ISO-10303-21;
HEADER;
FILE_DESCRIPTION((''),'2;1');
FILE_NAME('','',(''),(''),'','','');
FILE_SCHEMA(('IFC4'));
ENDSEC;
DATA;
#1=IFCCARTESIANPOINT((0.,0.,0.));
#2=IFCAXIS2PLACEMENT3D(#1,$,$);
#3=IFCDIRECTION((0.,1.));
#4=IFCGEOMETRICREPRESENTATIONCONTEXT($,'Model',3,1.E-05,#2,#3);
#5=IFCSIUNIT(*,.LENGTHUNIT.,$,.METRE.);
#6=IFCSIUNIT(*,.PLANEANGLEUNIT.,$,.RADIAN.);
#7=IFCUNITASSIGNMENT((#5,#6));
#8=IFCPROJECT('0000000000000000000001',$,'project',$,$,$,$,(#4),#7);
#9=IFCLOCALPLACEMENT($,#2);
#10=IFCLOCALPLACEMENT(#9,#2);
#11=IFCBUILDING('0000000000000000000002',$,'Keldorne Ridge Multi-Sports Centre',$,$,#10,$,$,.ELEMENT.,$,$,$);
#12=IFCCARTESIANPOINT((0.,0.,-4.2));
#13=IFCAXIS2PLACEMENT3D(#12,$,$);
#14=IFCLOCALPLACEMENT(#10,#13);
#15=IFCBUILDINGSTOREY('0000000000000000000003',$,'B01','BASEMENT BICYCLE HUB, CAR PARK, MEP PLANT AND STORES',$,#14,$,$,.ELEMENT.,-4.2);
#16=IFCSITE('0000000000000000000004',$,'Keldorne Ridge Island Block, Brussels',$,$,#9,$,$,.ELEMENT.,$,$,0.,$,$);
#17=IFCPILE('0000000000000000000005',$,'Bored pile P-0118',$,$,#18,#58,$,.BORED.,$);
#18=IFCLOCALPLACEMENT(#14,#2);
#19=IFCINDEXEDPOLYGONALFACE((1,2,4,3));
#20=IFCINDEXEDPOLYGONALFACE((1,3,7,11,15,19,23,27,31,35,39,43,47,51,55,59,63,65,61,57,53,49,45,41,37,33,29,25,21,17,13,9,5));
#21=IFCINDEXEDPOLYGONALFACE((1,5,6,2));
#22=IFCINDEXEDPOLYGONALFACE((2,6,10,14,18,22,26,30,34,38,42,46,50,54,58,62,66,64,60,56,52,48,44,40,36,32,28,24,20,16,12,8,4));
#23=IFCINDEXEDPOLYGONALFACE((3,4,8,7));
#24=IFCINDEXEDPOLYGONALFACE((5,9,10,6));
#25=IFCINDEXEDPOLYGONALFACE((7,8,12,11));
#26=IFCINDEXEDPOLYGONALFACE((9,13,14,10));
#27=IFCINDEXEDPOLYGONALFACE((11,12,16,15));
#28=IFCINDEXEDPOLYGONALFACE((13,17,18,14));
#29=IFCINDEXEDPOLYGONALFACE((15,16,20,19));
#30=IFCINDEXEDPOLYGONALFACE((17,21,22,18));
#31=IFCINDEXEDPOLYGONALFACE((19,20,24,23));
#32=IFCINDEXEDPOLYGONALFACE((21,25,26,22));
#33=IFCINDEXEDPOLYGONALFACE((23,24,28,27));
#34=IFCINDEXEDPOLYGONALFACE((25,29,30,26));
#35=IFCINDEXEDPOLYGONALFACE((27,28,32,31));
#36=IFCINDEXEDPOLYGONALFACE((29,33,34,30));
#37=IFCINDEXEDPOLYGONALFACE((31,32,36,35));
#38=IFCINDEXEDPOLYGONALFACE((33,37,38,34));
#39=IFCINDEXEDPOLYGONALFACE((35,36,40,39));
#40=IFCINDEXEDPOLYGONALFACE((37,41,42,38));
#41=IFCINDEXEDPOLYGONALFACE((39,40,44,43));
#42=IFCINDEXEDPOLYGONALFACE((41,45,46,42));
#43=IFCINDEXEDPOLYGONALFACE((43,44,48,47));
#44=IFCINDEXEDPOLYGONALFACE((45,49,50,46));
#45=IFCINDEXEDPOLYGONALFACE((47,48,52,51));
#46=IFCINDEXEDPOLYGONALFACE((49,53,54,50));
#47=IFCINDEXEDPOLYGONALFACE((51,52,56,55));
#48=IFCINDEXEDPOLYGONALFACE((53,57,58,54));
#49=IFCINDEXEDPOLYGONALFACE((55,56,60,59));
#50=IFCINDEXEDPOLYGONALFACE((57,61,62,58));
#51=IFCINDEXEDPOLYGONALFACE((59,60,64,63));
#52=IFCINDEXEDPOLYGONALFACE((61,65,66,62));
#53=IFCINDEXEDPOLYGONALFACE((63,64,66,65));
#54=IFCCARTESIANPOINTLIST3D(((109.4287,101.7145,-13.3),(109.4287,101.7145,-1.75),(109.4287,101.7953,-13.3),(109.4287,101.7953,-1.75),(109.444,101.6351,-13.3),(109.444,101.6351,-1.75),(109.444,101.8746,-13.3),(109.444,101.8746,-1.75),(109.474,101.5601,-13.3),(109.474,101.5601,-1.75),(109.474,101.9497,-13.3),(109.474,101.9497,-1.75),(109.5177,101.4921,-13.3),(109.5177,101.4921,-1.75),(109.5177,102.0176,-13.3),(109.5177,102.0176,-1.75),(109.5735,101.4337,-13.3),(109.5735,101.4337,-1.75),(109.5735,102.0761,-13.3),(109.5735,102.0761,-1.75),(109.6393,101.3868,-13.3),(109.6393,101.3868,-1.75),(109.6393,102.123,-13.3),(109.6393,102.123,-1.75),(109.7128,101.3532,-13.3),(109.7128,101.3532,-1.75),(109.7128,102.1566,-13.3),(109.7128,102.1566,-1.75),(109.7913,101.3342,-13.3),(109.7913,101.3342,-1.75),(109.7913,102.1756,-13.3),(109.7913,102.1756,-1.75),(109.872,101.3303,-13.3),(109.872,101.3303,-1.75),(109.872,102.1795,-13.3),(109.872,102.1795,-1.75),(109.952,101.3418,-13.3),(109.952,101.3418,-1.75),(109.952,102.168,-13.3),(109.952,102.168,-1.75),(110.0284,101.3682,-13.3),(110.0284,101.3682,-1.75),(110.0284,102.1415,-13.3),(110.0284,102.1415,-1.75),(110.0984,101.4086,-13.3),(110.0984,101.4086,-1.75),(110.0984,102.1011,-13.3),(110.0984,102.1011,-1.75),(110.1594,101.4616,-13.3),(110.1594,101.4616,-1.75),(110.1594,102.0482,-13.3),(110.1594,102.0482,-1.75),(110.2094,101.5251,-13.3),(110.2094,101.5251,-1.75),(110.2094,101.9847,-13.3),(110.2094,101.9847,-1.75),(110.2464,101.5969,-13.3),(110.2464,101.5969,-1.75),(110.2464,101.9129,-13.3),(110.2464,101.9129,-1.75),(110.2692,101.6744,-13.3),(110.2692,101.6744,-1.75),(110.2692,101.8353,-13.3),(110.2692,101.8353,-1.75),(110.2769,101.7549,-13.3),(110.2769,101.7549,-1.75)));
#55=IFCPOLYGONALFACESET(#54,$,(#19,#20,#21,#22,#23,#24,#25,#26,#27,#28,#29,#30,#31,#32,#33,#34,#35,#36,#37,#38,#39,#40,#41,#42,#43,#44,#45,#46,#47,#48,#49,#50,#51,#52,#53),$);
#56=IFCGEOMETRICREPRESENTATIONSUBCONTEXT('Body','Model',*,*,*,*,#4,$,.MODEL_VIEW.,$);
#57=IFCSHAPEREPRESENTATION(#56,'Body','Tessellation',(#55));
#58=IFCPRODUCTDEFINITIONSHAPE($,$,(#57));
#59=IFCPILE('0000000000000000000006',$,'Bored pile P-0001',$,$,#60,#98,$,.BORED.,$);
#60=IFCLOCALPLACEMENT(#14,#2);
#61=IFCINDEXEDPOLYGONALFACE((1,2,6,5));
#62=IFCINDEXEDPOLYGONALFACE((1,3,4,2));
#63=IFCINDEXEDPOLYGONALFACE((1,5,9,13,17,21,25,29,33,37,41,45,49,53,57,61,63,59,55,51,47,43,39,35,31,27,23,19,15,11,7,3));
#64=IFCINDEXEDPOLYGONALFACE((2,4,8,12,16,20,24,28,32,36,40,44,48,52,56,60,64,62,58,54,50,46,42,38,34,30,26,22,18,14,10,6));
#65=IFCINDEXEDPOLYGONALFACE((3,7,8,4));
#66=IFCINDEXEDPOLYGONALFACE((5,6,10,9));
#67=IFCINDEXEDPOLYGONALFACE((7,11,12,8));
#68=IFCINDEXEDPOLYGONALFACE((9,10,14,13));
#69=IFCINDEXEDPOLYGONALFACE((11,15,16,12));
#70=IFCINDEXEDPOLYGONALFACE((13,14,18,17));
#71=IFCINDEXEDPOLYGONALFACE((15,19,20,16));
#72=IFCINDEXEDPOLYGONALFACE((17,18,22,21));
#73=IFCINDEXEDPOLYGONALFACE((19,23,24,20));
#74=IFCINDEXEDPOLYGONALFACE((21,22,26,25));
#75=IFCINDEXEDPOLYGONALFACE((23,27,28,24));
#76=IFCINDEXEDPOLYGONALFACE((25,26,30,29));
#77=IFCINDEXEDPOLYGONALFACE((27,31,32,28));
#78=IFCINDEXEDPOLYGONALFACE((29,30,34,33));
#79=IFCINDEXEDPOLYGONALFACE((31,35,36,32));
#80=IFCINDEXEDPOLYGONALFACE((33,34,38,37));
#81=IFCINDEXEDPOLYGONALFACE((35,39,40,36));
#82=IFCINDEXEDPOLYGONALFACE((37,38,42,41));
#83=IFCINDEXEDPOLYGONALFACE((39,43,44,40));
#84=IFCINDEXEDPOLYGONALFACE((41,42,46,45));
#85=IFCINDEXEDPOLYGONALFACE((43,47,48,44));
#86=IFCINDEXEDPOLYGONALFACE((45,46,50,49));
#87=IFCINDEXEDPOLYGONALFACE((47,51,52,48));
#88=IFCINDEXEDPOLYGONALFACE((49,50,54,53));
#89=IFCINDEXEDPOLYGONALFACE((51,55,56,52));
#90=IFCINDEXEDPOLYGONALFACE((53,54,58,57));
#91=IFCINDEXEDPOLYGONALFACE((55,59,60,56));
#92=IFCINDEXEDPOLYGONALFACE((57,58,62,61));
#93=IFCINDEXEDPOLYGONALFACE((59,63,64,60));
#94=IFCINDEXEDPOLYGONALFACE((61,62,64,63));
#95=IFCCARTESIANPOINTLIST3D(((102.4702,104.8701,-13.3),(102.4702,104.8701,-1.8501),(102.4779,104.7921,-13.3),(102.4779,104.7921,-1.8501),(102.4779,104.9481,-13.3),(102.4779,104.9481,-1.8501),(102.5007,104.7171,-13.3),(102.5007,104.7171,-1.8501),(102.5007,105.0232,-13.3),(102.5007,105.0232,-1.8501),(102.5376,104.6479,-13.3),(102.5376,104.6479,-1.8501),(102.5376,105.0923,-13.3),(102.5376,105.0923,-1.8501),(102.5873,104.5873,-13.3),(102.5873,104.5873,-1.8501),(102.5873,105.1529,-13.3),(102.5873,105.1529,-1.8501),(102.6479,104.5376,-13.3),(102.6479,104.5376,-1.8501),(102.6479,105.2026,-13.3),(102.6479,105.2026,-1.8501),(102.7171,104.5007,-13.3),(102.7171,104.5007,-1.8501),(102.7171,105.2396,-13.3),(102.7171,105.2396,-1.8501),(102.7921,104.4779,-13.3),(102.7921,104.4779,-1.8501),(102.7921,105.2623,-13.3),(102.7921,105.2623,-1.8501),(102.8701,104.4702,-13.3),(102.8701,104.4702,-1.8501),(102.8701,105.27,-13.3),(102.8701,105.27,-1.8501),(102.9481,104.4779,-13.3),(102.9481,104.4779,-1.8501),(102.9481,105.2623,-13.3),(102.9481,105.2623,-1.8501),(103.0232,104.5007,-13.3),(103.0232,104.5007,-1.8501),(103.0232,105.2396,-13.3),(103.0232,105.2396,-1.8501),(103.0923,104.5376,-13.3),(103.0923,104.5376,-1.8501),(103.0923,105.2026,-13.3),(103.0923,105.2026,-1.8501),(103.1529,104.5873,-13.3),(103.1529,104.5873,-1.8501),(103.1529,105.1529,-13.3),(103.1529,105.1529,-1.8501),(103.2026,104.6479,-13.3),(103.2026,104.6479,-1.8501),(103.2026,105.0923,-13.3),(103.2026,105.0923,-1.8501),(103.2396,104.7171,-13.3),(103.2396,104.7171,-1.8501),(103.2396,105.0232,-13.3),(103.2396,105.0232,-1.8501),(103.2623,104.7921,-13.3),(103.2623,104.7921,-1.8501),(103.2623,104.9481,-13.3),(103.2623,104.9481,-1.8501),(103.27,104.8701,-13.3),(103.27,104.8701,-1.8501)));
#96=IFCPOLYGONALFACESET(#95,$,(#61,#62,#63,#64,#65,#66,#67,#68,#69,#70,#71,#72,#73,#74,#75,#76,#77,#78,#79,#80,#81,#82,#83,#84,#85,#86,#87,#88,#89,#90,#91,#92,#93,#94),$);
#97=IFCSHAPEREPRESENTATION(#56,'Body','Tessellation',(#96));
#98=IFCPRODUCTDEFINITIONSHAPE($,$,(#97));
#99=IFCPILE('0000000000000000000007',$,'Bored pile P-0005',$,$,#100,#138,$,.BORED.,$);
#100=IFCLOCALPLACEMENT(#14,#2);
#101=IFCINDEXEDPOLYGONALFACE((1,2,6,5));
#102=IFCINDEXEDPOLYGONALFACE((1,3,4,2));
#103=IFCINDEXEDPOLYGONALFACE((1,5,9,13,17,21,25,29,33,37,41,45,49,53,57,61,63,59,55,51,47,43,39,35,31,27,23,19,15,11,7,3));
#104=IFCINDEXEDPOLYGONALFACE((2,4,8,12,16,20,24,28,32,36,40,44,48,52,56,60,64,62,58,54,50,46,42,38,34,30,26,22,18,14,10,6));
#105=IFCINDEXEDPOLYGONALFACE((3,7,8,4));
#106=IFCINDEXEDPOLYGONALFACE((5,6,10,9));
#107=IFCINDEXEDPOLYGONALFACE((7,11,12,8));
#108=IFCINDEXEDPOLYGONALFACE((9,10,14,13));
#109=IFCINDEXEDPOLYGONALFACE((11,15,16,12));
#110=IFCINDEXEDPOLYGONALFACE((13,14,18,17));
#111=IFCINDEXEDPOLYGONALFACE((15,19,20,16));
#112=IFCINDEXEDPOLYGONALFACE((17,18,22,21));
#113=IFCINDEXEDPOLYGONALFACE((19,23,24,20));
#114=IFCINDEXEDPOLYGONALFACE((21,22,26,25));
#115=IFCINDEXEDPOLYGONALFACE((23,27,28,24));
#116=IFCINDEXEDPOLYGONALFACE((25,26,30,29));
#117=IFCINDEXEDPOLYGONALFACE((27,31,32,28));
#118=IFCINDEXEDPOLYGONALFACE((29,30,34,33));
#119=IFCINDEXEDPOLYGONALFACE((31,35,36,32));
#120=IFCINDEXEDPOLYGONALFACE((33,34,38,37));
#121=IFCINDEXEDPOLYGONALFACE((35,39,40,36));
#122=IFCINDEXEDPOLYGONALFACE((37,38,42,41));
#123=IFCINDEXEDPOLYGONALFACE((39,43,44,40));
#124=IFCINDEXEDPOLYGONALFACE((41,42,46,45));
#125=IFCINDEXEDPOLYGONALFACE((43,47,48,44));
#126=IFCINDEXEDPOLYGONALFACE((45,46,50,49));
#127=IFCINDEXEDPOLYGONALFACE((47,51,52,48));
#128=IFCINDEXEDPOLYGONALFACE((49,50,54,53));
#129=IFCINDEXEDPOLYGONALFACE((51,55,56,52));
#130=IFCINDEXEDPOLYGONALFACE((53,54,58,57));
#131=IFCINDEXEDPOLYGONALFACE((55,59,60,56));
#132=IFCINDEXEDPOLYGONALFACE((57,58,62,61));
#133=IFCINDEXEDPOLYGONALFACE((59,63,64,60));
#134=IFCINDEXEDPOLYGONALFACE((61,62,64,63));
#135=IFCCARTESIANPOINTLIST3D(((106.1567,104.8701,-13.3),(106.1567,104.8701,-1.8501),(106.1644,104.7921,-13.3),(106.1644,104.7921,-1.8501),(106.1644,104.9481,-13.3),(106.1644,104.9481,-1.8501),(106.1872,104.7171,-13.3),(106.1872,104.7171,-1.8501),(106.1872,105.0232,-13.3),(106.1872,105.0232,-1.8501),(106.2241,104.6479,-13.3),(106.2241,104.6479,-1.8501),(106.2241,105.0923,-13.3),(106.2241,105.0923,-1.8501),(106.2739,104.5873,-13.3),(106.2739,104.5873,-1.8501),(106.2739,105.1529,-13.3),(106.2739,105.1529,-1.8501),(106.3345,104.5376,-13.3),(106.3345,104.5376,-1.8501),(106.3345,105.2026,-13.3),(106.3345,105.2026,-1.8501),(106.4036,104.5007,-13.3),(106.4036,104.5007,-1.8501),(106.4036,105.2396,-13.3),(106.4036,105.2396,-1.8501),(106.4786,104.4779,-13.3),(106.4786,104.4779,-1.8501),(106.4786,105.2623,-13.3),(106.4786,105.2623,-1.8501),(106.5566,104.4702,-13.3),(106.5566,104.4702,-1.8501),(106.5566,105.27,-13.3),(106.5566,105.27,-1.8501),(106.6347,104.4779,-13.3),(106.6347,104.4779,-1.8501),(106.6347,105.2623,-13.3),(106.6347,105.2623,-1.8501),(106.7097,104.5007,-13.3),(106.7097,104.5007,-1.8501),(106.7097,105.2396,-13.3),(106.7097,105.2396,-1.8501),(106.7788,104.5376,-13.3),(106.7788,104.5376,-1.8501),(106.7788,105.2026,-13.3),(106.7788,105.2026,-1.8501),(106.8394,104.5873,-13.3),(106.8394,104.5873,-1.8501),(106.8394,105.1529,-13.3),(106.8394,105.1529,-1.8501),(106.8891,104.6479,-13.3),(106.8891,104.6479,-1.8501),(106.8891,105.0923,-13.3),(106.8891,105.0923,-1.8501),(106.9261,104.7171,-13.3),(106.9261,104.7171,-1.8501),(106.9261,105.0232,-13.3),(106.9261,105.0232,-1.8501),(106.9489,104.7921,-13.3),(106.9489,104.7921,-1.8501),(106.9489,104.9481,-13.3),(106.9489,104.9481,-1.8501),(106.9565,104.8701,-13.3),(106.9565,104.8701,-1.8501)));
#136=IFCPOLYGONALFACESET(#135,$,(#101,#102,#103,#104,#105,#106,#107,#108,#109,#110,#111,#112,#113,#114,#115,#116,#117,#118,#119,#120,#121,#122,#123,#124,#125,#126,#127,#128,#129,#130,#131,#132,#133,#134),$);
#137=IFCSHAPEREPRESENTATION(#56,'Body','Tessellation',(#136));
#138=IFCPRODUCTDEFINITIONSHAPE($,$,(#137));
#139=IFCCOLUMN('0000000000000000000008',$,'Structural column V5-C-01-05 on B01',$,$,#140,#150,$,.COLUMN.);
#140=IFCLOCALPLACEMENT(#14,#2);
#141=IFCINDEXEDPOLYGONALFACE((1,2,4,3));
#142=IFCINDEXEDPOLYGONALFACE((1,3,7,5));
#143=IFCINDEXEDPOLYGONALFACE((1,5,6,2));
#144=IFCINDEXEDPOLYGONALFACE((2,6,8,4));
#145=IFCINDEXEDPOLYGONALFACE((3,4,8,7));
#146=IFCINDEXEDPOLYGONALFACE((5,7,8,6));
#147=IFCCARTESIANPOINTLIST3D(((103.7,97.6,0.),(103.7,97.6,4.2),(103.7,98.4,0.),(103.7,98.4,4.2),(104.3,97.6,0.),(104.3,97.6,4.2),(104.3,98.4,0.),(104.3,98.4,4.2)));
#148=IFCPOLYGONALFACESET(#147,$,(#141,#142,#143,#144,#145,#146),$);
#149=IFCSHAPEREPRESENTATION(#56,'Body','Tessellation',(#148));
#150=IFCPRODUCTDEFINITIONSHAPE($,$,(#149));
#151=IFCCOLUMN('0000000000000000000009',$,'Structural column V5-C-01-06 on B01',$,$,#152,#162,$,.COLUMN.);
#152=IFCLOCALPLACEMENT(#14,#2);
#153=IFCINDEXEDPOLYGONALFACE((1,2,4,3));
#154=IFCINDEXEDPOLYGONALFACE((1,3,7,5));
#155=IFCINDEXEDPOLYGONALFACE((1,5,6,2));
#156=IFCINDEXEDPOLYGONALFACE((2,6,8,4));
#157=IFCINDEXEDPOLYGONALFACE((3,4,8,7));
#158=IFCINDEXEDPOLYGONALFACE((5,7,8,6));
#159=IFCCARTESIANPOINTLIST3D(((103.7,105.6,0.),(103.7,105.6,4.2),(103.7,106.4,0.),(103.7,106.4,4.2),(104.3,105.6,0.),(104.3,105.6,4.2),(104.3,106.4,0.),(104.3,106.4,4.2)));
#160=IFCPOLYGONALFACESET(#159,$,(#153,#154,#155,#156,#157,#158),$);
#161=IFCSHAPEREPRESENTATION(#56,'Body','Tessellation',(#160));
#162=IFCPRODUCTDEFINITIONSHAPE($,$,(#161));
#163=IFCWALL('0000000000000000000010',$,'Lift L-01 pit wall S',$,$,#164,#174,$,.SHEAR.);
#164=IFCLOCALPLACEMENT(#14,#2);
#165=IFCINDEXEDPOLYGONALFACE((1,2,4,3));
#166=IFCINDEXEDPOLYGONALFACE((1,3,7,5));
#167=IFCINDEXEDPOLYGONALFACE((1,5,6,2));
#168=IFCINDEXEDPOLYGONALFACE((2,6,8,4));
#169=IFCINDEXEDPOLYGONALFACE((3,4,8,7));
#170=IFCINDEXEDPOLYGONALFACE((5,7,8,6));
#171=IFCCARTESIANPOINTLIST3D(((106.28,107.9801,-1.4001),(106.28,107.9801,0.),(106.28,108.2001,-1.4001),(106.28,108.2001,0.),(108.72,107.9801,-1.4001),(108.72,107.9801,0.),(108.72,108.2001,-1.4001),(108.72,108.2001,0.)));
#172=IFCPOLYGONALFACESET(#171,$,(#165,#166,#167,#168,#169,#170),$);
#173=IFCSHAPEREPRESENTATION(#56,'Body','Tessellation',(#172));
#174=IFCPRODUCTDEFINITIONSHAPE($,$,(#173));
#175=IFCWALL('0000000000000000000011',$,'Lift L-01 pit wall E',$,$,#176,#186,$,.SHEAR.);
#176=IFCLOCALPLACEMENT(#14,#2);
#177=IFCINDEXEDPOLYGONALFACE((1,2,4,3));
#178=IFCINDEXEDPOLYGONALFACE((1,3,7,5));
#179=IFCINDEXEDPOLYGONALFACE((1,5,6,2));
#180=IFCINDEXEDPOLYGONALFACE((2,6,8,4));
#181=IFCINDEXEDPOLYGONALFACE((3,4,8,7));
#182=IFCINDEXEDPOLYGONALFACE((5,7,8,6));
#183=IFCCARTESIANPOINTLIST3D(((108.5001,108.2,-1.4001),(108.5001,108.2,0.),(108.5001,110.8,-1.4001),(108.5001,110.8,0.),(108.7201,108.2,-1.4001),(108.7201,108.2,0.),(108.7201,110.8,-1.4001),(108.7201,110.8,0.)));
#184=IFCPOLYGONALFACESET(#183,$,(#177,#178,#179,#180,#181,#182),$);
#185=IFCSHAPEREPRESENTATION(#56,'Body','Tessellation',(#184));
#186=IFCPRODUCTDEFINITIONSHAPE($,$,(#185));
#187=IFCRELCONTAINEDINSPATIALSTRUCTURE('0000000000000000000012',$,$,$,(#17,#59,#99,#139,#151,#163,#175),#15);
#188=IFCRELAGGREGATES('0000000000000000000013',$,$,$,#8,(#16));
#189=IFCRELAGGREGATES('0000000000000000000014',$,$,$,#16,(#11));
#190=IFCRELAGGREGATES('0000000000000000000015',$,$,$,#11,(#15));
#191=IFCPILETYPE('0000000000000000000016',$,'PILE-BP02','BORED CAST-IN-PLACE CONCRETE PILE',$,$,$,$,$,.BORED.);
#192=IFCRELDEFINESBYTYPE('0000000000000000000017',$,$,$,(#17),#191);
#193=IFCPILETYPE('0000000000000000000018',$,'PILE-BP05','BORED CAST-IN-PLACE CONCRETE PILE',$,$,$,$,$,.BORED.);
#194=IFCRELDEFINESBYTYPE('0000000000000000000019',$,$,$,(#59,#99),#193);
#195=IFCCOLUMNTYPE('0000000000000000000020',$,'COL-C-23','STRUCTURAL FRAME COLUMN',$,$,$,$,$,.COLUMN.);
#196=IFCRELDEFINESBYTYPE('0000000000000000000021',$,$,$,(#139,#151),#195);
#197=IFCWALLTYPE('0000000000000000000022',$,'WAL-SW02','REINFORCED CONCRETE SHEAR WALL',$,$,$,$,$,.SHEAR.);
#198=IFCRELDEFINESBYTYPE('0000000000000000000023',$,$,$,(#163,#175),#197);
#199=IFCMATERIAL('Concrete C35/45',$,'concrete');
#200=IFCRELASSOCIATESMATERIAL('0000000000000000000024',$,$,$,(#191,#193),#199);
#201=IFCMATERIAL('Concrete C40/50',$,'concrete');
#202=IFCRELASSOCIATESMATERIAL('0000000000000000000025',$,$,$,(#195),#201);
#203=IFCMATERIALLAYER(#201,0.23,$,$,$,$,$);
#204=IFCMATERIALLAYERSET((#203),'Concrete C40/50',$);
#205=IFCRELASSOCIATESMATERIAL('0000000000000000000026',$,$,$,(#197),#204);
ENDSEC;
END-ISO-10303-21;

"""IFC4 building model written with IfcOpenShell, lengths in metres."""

from ifc_helpers import new_model, si_unit, direction, frame, frame_2d, origin, origin_2d, place, context, subcontext, project, spatial, rectangle, circle, extrude, material, layer, layer_set, material_profile, profile_set, type_object, element, save


model = new_model("IFC4")

# Units and contexts
model_context = context("Model", 3, precision=1e-05, world=origin(), true_north=direction((0.0, 1.0)))
body_context = subcontext(model_context, "Body", "Model", "MODEL_VIEW")
ifc_project = project(units=[si_unit("LENGTHUNIT", "METRE"), si_unit("PLANEANGLEUNIT", "RADIAN")], contexts=[model_context])

# Site, building, storey
site_placement = place(None, origin())
site = spatial("IfcSite", under=ifc_project, at=site_placement, Name="Keldorne Ridge Island Block, Brussels", CompositionType="ELEMENT", RefElevation=0.0)
building_placement = place(site_placement, origin())
building = spatial("IfcBuilding", under=site, at=building_placement, Name="Keldorne Ridge Multi-Sports Centre", CompositionType="ELEMENT")
storey_placement = place(building_placement, frame((0.0, 0.0, -4.2)))
storey = spatial("IfcBuildingStorey", under=building, at=storey_placement, Name="B01", Description="BASEMENT BICYCLE HUB, CAR PARK, MEP PLANT AND STORES", CompositionType="ELEMENT", Elevation=-4.2)

# Shared definitions
ifc_material_1 = material(Name="Concrete C35/45", Category="concrete")

# Piles
ifc_material_profile_1 = material_profile(ifc_material_1, circle(Radius=0.425, at=origin_2d()), Name="BORED PILE D850")
ifc_profile_set_1 = profile_set([ifc_material_profile_1], Name="Concrete C35/45")
pile_type_1 = type_object("IfcPileType", Name="PILE-BP02", Description="BORED CAST-IN-PLACE CONCRETE PILE", PredefinedType="BORED", material=ifc_profile_set_1)
for number, where, z_axis, x_axis, name in (
    (1, (109.8518, 101.7549, -1.75), (0.0, 0.0, -1.0), (1.0, 0.0, 0.0), "Bored pile P-0118"),
):
    element("IfcPile", number, at=place(storey_placement, frame(where, z_axis=z_axis, x_axis=x_axis)), inside=storey, type_object=pile_type_1, Name=name, PredefinedType="BORED", context=body_context, shape_type="SweptSolid", body=[
        extrude(circle(Radius=0.425, at=origin_2d()), origin(), (0.0, 0.0, 1.0), 11.55),
    ])
ifc_material_profile_2 = material_profile(ifc_material_1, circle(Radius=0.3999, at=origin_2d()), Name="BORED PILE D800")
ifc_profile_set_2 = profile_set([ifc_material_profile_2], Name="Concrete C35/45")
pile_type_2 = type_object("IfcPileType", Name="PILE-BP05", Description="BORED CAST-IN-PLACE CONCRETE PILE", PredefinedType="BORED", material=ifc_profile_set_2)
for number, where, z_axis, x_axis, name in (
    (2, (102.8701, 104.8701, -1.8501), (0.0, 0.0, -1.0), (1.0, 0.0, 0.0), "Bored pile P-0001"),
    (3, (106.5566, 104.8701, -1.8501), (0.0, 0.0, -1.0), (1.0, 0.0, 0.0), "Bored pile P-0005"),
):
    element("IfcPile", number, at=place(storey_placement, frame(where, z_axis=z_axis, x_axis=x_axis)), inside=storey, type_object=pile_type_2, Name=name, PredefinedType="BORED", context=body_context, shape_type="SweptSolid", body=[
        extrude(circle(Radius=0.3999, at=origin_2d()), origin(), (0.0, 0.0, 1.0), 11.45),
    ])

# Columns
ifc_material_2 = material(Name="Concrete C40/50", Category="concrete")
ifc_material_profile_3 = material_profile(ifc_material_2, rectangle(XDim=0.6001, YDim=0.8, at=origin_2d()), Name="RC 600x800")
ifc_profile_set_3 = profile_set([ifc_material_profile_3], Name="Concrete C40/50")
column_type = type_object("IfcColumnType", Name="COL-C-23", Description="STRUCTURAL FRAME COLUMN", PredefinedType="COLUMN", material=ifc_profile_set_3)
for number, where, z_axis, x_axis, name in (
    (4, (104.0, 98.0, 0.0), (0.0, 0.0, 1.0), (1.0, 0.0, 0.0), "Structural column V5-C-01-05 on B01"),
    (5, (104.0, 106.0, 0.0), (0.0, 0.0, 1.0), (1.0, 0.0, 0.0), "Structural column V5-C-01-06 on B01"),
):
    element("IfcColumn", number, at=place(storey_placement, frame(where, z_axis=z_axis, x_axis=x_axis)), inside=storey, type_object=column_type, Name=name, PredefinedType="COLUMN", context=body_context, shape_type="SweptSolid", body=[
        extrude(rectangle(XDim=0.6001, YDim=0.8, at=origin_2d()), origin(), (0.0, 0.0, 1.0), 4.2),
    ])

# Walls
ifc_layer = layer(ifc_material_2, 0.23)
ifc_layer_set = layer_set([ifc_layer], Name="Concrete C40/50")
wall_type = type_object("IfcWallType", Name="WAL-SW02", Description="REINFORCED CONCRETE SHEAR WALL", PredefinedType="SHEAR", material=ifc_layer_set)
wall_1_placement = place(storey_placement, frame((106.28, 108.0901, -1.4001), z_axis=(0.0, 0.0, 1.0), x_axis=(1.0, 0.0, 0.0)))
element("IfcWall", 6, at=wall_1_placement, inside=storey, type_object=wall_type, Name="Lift L-01 pit wall S", PredefinedType="SHEAR", context=body_context, shape_type="SweptSolid", body=[
    extrude(rectangle(XDim=2.4399, YDim=0.22, at=frame_2d((1.22, 0.0))), origin(), (0.0, 0.0, 1.0), 1.4001),
])
wall_2_placement = place(storey_placement, frame((108.6101, 108.2, -1.4001), z_axis=(0.0, 0.0, 1.0), x_axis=(0.0, 1.0, 0.0)))
element("IfcWall", 7, at=wall_2_placement, inside=storey, type_object=wall_type, Name="Lift L-01 pit wall E", PredefinedType="SHEAR", context=body_context, shape_type="SweptSolid", body=[
    extrude(rectangle(XDim=2.6001, YDim=0.22, at=frame_2d((1.3, 0.0))), origin(), (0.0, 0.0, 1.0), 1.4001),
])

save(model, "model.ifc")
